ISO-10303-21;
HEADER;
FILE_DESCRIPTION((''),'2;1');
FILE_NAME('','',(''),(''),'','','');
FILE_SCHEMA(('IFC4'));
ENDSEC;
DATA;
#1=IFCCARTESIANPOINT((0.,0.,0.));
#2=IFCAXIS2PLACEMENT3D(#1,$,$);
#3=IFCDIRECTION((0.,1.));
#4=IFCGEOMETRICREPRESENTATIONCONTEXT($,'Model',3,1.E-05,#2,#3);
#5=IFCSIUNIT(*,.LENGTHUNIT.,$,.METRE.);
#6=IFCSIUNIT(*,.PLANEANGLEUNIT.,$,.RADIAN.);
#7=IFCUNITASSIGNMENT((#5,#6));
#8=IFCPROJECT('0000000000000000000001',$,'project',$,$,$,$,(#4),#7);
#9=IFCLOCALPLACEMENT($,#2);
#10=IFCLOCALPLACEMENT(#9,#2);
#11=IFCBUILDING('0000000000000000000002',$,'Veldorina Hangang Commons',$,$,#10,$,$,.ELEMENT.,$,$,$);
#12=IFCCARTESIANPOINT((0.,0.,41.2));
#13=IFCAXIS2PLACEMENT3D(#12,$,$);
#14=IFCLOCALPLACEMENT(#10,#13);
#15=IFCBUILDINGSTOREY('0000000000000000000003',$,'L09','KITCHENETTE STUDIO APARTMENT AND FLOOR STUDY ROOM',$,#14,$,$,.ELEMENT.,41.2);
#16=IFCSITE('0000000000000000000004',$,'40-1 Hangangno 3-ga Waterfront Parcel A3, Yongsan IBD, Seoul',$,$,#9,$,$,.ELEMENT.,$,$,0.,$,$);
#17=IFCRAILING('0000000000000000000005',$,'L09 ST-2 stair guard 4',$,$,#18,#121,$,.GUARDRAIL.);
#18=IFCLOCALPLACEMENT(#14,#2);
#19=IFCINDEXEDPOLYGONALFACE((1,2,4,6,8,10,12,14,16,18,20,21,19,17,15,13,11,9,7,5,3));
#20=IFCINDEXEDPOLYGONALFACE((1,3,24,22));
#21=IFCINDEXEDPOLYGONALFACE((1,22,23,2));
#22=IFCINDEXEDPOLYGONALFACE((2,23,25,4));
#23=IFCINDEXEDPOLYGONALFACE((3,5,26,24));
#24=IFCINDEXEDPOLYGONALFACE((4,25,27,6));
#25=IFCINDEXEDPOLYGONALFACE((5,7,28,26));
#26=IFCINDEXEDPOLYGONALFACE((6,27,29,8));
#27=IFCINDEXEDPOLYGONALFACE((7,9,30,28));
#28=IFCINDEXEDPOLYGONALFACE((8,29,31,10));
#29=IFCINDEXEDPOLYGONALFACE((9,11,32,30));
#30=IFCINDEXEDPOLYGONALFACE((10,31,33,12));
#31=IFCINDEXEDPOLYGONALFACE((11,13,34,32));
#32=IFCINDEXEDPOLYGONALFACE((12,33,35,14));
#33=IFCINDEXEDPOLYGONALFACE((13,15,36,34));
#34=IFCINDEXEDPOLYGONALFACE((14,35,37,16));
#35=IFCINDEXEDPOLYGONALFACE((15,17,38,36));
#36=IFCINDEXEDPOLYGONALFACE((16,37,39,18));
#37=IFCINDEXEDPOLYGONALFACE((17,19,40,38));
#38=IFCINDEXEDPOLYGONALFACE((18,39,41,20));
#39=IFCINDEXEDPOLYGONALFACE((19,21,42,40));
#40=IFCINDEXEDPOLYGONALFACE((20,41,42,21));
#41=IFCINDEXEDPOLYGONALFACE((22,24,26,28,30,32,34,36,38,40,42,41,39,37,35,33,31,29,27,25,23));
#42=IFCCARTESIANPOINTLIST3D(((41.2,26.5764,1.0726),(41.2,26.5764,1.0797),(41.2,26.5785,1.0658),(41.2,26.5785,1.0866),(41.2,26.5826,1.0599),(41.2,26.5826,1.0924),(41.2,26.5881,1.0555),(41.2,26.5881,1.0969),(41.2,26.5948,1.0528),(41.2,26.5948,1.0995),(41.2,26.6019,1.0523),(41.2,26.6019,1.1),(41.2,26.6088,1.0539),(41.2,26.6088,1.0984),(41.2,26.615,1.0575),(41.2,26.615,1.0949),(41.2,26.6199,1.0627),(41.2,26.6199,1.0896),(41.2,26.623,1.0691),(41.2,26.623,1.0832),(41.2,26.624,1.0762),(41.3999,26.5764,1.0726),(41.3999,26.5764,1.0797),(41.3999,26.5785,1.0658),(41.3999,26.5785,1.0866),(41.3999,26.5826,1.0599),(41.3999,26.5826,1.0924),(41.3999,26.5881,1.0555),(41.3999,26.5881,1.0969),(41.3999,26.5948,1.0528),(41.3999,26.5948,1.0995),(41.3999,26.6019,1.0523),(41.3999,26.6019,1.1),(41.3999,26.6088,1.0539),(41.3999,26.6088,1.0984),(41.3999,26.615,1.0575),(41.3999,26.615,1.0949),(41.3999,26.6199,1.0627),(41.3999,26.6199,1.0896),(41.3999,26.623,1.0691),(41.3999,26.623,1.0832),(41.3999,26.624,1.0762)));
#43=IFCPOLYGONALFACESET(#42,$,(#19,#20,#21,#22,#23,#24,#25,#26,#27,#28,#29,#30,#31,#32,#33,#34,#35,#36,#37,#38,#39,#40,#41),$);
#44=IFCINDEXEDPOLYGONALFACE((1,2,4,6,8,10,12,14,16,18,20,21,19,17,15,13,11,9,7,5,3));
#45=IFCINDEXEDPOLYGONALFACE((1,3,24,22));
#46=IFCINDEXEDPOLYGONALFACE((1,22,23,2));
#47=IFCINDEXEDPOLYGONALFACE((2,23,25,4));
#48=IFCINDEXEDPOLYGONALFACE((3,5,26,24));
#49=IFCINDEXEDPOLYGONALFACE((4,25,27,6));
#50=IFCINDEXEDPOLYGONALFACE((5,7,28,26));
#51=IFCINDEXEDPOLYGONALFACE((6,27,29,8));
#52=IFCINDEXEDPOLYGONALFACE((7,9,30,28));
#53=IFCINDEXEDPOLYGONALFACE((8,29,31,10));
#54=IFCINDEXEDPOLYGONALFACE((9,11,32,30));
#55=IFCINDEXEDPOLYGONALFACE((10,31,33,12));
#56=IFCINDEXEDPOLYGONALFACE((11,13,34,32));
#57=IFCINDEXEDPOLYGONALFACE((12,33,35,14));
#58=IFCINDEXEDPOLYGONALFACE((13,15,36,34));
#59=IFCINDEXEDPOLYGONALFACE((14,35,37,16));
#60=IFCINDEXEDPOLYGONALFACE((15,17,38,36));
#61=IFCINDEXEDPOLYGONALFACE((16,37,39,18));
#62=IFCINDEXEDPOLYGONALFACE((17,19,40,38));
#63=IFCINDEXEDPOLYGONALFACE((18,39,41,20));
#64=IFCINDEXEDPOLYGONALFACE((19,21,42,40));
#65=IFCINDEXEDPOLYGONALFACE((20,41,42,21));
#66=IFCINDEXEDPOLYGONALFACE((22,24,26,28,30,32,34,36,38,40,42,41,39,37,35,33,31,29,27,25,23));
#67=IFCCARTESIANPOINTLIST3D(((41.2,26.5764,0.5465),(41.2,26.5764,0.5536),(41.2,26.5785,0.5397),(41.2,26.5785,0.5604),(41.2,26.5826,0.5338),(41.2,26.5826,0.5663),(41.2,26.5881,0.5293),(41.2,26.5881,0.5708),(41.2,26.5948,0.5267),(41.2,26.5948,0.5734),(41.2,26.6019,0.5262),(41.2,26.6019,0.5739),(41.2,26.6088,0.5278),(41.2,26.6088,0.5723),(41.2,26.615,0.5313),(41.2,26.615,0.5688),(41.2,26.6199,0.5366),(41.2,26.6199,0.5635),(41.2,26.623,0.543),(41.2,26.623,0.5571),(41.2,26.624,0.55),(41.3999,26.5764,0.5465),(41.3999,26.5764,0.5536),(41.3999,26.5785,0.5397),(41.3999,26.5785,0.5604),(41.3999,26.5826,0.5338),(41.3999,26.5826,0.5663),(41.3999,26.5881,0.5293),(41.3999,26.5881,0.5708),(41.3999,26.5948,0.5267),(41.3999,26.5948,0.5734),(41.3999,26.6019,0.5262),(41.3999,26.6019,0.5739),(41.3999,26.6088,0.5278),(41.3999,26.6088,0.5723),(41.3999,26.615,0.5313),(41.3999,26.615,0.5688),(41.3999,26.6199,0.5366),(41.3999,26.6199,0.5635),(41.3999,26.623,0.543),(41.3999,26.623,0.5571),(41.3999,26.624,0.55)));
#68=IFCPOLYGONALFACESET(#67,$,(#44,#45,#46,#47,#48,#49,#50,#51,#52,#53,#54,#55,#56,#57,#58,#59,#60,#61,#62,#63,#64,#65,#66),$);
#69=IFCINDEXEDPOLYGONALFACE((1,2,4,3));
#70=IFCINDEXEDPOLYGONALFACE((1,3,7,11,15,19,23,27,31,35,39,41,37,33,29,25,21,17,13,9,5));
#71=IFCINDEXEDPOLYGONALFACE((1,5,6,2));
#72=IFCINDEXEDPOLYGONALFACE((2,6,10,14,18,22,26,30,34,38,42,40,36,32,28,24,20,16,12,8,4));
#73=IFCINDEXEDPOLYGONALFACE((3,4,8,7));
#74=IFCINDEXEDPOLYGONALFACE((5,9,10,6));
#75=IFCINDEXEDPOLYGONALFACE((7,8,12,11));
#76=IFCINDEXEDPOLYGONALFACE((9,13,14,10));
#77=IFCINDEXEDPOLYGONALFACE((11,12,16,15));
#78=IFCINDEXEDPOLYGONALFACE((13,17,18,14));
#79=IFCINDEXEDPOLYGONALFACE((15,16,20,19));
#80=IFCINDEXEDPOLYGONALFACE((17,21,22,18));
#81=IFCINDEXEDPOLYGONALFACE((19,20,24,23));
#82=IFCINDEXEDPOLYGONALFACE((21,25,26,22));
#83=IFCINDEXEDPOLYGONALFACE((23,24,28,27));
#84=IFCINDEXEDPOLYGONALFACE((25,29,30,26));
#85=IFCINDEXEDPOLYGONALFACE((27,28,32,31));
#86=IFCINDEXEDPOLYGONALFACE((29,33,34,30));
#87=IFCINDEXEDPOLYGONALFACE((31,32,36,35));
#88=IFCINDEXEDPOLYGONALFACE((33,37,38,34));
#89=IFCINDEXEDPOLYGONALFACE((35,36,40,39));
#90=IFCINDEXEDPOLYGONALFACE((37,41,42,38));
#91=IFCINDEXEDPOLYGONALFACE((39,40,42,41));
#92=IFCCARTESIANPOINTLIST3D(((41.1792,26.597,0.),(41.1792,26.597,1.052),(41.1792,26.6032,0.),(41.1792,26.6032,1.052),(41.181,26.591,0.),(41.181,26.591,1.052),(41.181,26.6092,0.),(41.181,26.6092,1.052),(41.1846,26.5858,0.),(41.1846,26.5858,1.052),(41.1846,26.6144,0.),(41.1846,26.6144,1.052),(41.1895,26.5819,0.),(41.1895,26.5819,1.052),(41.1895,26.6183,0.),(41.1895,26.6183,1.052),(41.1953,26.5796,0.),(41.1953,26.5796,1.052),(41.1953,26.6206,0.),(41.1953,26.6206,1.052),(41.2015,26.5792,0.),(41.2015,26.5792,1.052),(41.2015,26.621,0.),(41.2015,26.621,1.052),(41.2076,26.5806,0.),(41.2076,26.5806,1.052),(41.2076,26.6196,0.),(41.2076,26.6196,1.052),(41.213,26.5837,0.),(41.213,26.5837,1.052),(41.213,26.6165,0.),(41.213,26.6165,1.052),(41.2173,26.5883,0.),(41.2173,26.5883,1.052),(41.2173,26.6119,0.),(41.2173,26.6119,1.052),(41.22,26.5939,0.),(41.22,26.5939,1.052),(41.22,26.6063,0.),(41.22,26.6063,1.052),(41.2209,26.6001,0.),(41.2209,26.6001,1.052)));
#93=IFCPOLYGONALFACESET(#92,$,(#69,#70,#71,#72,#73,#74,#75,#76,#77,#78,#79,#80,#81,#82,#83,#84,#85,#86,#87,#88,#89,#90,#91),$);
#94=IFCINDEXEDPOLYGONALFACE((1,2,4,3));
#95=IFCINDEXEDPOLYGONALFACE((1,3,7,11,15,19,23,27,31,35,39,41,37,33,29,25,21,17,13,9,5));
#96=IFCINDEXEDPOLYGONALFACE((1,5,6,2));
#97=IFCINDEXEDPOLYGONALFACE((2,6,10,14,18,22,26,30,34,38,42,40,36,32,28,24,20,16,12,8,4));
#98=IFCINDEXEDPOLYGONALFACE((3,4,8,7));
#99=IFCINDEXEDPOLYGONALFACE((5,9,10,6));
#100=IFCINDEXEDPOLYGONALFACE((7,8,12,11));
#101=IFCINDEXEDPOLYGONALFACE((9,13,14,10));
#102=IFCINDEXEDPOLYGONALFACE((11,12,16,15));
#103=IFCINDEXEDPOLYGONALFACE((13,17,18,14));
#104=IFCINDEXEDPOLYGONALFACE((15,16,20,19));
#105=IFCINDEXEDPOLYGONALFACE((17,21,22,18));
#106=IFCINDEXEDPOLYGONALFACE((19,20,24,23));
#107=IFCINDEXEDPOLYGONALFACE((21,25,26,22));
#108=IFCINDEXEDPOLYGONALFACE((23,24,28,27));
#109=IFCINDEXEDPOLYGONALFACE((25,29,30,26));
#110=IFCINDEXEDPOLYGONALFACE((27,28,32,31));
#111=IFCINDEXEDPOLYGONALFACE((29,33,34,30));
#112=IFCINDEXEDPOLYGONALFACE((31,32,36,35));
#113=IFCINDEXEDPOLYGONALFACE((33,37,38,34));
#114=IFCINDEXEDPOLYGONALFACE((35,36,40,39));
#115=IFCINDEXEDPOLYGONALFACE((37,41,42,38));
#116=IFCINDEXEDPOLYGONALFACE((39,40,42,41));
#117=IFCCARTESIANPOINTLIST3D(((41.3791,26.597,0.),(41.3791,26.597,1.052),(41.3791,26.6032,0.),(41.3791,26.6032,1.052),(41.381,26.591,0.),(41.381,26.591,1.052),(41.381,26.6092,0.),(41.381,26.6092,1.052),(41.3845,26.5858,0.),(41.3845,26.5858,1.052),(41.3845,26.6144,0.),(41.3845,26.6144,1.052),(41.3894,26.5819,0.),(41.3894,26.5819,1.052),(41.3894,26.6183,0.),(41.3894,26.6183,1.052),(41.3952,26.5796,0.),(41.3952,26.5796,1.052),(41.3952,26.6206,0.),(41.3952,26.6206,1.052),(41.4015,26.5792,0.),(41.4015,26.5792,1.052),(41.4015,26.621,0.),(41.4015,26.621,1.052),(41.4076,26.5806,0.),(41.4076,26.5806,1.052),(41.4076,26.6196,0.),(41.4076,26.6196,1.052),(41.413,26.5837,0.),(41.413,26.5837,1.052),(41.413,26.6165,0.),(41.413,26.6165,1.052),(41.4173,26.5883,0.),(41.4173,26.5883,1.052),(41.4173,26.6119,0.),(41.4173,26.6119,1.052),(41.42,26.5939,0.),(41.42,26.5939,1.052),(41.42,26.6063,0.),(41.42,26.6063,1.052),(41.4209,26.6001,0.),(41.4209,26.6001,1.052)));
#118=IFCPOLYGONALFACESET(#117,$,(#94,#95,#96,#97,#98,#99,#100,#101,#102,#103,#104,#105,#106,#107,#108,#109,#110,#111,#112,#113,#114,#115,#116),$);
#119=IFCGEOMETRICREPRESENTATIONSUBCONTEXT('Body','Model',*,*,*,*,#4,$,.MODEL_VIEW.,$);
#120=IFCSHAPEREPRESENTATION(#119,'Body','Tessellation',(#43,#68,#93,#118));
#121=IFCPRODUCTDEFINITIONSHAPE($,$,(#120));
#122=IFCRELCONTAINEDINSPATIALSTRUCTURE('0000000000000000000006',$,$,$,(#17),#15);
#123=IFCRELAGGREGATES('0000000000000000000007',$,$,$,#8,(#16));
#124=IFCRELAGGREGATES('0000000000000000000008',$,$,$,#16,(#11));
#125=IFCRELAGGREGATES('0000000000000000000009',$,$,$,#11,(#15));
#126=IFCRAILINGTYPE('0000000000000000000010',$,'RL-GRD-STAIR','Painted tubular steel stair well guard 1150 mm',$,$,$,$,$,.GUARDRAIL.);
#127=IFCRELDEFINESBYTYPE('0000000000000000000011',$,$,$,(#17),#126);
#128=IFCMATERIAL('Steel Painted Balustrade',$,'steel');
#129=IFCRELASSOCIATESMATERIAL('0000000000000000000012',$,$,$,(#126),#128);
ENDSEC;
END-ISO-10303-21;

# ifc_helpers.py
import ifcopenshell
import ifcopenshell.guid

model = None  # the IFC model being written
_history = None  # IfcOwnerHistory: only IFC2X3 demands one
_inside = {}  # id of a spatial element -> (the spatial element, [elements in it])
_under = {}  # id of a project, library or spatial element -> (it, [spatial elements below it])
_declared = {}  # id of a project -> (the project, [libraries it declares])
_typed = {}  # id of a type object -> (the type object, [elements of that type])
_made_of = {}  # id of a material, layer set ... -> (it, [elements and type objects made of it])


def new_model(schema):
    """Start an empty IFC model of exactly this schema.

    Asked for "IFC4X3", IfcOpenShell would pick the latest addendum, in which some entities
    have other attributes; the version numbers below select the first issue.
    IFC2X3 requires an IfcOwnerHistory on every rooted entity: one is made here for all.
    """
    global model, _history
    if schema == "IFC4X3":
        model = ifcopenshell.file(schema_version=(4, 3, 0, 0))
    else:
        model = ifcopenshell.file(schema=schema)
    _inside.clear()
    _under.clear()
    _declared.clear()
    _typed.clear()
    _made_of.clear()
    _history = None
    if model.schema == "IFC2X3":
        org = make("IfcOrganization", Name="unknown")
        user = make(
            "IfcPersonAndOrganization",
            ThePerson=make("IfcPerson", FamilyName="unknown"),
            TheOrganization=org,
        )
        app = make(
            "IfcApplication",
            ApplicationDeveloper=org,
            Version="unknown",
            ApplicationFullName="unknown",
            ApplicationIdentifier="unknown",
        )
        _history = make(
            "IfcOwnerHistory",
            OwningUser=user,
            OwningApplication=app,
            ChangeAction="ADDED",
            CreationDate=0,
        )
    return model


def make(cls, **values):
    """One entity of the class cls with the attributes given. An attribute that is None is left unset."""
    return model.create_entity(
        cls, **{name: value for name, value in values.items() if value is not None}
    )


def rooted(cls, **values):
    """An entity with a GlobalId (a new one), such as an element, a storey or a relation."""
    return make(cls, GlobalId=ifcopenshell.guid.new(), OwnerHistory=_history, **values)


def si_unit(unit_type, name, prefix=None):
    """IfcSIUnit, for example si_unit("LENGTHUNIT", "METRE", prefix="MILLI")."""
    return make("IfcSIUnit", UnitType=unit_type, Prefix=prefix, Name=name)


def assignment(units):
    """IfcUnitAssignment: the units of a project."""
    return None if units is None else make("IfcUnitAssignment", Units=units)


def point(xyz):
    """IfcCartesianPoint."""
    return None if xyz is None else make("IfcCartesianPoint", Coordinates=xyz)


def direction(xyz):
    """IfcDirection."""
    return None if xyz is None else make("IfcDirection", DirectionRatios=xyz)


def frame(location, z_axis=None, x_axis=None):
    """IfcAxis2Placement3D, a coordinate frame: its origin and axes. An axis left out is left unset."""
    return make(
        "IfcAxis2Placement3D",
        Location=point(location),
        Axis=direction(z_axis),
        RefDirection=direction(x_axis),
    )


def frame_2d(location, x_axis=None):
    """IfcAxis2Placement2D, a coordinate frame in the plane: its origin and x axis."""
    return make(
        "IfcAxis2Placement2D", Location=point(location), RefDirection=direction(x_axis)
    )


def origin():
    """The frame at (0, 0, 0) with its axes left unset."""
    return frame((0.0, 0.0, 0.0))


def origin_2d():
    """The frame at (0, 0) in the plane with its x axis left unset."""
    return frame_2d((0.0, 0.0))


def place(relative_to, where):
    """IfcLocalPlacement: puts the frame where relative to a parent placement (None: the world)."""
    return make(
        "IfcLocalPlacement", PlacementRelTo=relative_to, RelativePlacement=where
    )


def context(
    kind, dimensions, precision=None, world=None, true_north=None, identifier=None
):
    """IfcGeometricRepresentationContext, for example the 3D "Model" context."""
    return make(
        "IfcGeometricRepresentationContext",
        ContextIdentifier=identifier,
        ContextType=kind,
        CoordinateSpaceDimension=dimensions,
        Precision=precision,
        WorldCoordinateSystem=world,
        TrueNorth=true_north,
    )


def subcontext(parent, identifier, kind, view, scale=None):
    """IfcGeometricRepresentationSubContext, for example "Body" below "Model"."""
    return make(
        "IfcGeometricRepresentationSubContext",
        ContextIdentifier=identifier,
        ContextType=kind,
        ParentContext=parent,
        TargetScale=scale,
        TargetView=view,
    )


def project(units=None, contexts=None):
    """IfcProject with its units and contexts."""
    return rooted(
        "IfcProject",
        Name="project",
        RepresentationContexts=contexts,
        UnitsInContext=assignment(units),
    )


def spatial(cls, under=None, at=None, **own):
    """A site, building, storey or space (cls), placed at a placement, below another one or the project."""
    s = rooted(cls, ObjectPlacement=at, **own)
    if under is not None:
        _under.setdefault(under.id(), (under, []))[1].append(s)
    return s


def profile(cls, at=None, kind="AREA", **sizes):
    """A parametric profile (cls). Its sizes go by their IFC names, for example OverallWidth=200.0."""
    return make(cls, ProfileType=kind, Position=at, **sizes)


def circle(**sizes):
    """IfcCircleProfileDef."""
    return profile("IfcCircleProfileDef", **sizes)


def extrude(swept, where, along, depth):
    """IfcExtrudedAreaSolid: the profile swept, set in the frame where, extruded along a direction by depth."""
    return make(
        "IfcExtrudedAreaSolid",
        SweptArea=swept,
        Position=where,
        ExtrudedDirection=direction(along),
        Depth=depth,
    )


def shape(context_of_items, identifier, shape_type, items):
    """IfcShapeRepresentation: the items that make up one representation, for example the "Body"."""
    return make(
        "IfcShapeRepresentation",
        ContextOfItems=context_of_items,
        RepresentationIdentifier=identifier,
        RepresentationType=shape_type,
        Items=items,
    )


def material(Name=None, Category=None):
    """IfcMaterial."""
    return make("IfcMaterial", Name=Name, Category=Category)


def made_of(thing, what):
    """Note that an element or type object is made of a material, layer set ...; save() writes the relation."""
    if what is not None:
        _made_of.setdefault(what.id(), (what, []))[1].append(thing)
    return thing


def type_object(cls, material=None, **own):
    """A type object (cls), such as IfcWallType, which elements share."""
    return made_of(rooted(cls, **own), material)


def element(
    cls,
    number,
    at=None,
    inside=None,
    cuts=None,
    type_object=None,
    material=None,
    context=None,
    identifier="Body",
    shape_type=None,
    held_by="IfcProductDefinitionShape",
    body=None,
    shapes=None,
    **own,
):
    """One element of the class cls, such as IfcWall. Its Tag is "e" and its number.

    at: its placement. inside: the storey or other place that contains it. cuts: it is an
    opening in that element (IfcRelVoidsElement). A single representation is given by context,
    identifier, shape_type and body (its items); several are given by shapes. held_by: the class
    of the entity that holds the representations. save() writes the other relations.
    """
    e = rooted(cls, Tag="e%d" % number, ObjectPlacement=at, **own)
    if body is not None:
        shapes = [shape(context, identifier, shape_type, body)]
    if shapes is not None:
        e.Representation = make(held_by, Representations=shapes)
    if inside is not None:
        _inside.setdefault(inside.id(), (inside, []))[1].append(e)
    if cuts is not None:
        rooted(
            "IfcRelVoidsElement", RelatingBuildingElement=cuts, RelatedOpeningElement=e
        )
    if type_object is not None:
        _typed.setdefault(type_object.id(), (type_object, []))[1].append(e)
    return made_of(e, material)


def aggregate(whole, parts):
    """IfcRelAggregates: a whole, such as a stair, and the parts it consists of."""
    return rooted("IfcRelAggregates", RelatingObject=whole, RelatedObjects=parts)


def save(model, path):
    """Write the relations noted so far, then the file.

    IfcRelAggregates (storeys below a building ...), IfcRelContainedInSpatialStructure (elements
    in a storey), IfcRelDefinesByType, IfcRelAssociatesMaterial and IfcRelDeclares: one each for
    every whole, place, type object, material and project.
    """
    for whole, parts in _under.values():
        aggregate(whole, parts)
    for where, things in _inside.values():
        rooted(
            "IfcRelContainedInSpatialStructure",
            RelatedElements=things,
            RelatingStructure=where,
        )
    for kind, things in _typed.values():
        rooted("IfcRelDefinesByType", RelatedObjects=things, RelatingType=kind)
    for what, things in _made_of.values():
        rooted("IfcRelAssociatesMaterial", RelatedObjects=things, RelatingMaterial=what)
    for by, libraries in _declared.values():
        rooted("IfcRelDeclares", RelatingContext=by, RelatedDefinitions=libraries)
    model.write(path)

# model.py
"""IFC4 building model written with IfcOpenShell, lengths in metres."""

from ifc_helpers import new_model, si_unit, direction, frame, origin, origin_2d, place, context, subcontext, project, spatial, circle, extrude, material, type_object, element, save


model = new_model("IFC4")

# Units and contexts
model_context = context("Model", 3, precision=1e-05, world=origin(), true_north=direction((0.0, 1.0)))
body_context = subcontext(model_context, "Body", "Model", "MODEL_VIEW")
ifc_project = project(units=[si_unit("LENGTHUNIT", "METRE"), si_unit("PLANEANGLEUNIT", "RADIAN")], contexts=[model_context])

# Site, building, storey
site_placement = place(None, origin())
site = spatial("IfcSite", under=ifc_project, at=site_placement, Name="40-1 Hangangno 3-ga Waterfront Parcel A3, Yongsan IBD, Seoul", CompositionType="ELEMENT", RefElevation=0.0)
building_placement = place(site_placement, origin())
building = spatial("IfcBuilding", under=site, at=building_placement, Name="Veldorina Hangang Commons", CompositionType="ELEMENT")
storey_placement = place(building_placement, frame((0.0, 0.0, 41.2)))
storey = spatial("IfcBuildingStorey", under=building, at=storey_placement, Name="L09", Description="KITCHENETTE STUDIO APARTMENT AND FLOOR STUDY ROOM", CompositionType="ELEMENT", Elevation=41.2)

# Railing
ifc_material_1 = material(Name="Steel Painted Balustrade", Category="steel")
railing_type_1 = type_object("IfcRailingType", Name="RL-GRD-STAIR", Description="Painted tubular steel stair well guard 1150 mm", PredefinedType="GUARDRAIL", material=ifc_material_1)
railing_1_placement = place(storey_placement, frame((41.2, 26.6001, 0.0)))
element("IfcRailing", 1, at=railing_1_placement, inside=storey, type_object=railing_type_1, Name="L09 ST-2 stair guard 4", PredefinedType="GUARDRAIL", context=body_context, shape_type="SweptSolid", body=[
    extrude(circle(Radius=0.0239, at=origin_2d()), frame((0.0, 0.0, 1.0762), z_axis=(1.0, 0.0, 0.0), x_axis=(0.0, 1.0, 0.0)), (0.0, 0.0, 1.0), 0.2),
    extrude(circle(Radius=0.0239, at=origin_2d()), frame((0.0, 0.0, 0.55), z_axis=(1.0, 0.0, 0.0), x_axis=(0.0, 1.0, 0.0)), (0.0, 0.0, 1.0), 0.2),
    extrude(circle(Radius=0.021, at=origin_2d()), origin(), (0.0, 0.0, 1.0), 1.052),
    extrude(circle(Radius=0.021, at=origin_2d()), frame((0.2, 0.0, 0.0)), (0.0, 0.0, 1.0), 1.052),
])

save(model, "model.ifc")
